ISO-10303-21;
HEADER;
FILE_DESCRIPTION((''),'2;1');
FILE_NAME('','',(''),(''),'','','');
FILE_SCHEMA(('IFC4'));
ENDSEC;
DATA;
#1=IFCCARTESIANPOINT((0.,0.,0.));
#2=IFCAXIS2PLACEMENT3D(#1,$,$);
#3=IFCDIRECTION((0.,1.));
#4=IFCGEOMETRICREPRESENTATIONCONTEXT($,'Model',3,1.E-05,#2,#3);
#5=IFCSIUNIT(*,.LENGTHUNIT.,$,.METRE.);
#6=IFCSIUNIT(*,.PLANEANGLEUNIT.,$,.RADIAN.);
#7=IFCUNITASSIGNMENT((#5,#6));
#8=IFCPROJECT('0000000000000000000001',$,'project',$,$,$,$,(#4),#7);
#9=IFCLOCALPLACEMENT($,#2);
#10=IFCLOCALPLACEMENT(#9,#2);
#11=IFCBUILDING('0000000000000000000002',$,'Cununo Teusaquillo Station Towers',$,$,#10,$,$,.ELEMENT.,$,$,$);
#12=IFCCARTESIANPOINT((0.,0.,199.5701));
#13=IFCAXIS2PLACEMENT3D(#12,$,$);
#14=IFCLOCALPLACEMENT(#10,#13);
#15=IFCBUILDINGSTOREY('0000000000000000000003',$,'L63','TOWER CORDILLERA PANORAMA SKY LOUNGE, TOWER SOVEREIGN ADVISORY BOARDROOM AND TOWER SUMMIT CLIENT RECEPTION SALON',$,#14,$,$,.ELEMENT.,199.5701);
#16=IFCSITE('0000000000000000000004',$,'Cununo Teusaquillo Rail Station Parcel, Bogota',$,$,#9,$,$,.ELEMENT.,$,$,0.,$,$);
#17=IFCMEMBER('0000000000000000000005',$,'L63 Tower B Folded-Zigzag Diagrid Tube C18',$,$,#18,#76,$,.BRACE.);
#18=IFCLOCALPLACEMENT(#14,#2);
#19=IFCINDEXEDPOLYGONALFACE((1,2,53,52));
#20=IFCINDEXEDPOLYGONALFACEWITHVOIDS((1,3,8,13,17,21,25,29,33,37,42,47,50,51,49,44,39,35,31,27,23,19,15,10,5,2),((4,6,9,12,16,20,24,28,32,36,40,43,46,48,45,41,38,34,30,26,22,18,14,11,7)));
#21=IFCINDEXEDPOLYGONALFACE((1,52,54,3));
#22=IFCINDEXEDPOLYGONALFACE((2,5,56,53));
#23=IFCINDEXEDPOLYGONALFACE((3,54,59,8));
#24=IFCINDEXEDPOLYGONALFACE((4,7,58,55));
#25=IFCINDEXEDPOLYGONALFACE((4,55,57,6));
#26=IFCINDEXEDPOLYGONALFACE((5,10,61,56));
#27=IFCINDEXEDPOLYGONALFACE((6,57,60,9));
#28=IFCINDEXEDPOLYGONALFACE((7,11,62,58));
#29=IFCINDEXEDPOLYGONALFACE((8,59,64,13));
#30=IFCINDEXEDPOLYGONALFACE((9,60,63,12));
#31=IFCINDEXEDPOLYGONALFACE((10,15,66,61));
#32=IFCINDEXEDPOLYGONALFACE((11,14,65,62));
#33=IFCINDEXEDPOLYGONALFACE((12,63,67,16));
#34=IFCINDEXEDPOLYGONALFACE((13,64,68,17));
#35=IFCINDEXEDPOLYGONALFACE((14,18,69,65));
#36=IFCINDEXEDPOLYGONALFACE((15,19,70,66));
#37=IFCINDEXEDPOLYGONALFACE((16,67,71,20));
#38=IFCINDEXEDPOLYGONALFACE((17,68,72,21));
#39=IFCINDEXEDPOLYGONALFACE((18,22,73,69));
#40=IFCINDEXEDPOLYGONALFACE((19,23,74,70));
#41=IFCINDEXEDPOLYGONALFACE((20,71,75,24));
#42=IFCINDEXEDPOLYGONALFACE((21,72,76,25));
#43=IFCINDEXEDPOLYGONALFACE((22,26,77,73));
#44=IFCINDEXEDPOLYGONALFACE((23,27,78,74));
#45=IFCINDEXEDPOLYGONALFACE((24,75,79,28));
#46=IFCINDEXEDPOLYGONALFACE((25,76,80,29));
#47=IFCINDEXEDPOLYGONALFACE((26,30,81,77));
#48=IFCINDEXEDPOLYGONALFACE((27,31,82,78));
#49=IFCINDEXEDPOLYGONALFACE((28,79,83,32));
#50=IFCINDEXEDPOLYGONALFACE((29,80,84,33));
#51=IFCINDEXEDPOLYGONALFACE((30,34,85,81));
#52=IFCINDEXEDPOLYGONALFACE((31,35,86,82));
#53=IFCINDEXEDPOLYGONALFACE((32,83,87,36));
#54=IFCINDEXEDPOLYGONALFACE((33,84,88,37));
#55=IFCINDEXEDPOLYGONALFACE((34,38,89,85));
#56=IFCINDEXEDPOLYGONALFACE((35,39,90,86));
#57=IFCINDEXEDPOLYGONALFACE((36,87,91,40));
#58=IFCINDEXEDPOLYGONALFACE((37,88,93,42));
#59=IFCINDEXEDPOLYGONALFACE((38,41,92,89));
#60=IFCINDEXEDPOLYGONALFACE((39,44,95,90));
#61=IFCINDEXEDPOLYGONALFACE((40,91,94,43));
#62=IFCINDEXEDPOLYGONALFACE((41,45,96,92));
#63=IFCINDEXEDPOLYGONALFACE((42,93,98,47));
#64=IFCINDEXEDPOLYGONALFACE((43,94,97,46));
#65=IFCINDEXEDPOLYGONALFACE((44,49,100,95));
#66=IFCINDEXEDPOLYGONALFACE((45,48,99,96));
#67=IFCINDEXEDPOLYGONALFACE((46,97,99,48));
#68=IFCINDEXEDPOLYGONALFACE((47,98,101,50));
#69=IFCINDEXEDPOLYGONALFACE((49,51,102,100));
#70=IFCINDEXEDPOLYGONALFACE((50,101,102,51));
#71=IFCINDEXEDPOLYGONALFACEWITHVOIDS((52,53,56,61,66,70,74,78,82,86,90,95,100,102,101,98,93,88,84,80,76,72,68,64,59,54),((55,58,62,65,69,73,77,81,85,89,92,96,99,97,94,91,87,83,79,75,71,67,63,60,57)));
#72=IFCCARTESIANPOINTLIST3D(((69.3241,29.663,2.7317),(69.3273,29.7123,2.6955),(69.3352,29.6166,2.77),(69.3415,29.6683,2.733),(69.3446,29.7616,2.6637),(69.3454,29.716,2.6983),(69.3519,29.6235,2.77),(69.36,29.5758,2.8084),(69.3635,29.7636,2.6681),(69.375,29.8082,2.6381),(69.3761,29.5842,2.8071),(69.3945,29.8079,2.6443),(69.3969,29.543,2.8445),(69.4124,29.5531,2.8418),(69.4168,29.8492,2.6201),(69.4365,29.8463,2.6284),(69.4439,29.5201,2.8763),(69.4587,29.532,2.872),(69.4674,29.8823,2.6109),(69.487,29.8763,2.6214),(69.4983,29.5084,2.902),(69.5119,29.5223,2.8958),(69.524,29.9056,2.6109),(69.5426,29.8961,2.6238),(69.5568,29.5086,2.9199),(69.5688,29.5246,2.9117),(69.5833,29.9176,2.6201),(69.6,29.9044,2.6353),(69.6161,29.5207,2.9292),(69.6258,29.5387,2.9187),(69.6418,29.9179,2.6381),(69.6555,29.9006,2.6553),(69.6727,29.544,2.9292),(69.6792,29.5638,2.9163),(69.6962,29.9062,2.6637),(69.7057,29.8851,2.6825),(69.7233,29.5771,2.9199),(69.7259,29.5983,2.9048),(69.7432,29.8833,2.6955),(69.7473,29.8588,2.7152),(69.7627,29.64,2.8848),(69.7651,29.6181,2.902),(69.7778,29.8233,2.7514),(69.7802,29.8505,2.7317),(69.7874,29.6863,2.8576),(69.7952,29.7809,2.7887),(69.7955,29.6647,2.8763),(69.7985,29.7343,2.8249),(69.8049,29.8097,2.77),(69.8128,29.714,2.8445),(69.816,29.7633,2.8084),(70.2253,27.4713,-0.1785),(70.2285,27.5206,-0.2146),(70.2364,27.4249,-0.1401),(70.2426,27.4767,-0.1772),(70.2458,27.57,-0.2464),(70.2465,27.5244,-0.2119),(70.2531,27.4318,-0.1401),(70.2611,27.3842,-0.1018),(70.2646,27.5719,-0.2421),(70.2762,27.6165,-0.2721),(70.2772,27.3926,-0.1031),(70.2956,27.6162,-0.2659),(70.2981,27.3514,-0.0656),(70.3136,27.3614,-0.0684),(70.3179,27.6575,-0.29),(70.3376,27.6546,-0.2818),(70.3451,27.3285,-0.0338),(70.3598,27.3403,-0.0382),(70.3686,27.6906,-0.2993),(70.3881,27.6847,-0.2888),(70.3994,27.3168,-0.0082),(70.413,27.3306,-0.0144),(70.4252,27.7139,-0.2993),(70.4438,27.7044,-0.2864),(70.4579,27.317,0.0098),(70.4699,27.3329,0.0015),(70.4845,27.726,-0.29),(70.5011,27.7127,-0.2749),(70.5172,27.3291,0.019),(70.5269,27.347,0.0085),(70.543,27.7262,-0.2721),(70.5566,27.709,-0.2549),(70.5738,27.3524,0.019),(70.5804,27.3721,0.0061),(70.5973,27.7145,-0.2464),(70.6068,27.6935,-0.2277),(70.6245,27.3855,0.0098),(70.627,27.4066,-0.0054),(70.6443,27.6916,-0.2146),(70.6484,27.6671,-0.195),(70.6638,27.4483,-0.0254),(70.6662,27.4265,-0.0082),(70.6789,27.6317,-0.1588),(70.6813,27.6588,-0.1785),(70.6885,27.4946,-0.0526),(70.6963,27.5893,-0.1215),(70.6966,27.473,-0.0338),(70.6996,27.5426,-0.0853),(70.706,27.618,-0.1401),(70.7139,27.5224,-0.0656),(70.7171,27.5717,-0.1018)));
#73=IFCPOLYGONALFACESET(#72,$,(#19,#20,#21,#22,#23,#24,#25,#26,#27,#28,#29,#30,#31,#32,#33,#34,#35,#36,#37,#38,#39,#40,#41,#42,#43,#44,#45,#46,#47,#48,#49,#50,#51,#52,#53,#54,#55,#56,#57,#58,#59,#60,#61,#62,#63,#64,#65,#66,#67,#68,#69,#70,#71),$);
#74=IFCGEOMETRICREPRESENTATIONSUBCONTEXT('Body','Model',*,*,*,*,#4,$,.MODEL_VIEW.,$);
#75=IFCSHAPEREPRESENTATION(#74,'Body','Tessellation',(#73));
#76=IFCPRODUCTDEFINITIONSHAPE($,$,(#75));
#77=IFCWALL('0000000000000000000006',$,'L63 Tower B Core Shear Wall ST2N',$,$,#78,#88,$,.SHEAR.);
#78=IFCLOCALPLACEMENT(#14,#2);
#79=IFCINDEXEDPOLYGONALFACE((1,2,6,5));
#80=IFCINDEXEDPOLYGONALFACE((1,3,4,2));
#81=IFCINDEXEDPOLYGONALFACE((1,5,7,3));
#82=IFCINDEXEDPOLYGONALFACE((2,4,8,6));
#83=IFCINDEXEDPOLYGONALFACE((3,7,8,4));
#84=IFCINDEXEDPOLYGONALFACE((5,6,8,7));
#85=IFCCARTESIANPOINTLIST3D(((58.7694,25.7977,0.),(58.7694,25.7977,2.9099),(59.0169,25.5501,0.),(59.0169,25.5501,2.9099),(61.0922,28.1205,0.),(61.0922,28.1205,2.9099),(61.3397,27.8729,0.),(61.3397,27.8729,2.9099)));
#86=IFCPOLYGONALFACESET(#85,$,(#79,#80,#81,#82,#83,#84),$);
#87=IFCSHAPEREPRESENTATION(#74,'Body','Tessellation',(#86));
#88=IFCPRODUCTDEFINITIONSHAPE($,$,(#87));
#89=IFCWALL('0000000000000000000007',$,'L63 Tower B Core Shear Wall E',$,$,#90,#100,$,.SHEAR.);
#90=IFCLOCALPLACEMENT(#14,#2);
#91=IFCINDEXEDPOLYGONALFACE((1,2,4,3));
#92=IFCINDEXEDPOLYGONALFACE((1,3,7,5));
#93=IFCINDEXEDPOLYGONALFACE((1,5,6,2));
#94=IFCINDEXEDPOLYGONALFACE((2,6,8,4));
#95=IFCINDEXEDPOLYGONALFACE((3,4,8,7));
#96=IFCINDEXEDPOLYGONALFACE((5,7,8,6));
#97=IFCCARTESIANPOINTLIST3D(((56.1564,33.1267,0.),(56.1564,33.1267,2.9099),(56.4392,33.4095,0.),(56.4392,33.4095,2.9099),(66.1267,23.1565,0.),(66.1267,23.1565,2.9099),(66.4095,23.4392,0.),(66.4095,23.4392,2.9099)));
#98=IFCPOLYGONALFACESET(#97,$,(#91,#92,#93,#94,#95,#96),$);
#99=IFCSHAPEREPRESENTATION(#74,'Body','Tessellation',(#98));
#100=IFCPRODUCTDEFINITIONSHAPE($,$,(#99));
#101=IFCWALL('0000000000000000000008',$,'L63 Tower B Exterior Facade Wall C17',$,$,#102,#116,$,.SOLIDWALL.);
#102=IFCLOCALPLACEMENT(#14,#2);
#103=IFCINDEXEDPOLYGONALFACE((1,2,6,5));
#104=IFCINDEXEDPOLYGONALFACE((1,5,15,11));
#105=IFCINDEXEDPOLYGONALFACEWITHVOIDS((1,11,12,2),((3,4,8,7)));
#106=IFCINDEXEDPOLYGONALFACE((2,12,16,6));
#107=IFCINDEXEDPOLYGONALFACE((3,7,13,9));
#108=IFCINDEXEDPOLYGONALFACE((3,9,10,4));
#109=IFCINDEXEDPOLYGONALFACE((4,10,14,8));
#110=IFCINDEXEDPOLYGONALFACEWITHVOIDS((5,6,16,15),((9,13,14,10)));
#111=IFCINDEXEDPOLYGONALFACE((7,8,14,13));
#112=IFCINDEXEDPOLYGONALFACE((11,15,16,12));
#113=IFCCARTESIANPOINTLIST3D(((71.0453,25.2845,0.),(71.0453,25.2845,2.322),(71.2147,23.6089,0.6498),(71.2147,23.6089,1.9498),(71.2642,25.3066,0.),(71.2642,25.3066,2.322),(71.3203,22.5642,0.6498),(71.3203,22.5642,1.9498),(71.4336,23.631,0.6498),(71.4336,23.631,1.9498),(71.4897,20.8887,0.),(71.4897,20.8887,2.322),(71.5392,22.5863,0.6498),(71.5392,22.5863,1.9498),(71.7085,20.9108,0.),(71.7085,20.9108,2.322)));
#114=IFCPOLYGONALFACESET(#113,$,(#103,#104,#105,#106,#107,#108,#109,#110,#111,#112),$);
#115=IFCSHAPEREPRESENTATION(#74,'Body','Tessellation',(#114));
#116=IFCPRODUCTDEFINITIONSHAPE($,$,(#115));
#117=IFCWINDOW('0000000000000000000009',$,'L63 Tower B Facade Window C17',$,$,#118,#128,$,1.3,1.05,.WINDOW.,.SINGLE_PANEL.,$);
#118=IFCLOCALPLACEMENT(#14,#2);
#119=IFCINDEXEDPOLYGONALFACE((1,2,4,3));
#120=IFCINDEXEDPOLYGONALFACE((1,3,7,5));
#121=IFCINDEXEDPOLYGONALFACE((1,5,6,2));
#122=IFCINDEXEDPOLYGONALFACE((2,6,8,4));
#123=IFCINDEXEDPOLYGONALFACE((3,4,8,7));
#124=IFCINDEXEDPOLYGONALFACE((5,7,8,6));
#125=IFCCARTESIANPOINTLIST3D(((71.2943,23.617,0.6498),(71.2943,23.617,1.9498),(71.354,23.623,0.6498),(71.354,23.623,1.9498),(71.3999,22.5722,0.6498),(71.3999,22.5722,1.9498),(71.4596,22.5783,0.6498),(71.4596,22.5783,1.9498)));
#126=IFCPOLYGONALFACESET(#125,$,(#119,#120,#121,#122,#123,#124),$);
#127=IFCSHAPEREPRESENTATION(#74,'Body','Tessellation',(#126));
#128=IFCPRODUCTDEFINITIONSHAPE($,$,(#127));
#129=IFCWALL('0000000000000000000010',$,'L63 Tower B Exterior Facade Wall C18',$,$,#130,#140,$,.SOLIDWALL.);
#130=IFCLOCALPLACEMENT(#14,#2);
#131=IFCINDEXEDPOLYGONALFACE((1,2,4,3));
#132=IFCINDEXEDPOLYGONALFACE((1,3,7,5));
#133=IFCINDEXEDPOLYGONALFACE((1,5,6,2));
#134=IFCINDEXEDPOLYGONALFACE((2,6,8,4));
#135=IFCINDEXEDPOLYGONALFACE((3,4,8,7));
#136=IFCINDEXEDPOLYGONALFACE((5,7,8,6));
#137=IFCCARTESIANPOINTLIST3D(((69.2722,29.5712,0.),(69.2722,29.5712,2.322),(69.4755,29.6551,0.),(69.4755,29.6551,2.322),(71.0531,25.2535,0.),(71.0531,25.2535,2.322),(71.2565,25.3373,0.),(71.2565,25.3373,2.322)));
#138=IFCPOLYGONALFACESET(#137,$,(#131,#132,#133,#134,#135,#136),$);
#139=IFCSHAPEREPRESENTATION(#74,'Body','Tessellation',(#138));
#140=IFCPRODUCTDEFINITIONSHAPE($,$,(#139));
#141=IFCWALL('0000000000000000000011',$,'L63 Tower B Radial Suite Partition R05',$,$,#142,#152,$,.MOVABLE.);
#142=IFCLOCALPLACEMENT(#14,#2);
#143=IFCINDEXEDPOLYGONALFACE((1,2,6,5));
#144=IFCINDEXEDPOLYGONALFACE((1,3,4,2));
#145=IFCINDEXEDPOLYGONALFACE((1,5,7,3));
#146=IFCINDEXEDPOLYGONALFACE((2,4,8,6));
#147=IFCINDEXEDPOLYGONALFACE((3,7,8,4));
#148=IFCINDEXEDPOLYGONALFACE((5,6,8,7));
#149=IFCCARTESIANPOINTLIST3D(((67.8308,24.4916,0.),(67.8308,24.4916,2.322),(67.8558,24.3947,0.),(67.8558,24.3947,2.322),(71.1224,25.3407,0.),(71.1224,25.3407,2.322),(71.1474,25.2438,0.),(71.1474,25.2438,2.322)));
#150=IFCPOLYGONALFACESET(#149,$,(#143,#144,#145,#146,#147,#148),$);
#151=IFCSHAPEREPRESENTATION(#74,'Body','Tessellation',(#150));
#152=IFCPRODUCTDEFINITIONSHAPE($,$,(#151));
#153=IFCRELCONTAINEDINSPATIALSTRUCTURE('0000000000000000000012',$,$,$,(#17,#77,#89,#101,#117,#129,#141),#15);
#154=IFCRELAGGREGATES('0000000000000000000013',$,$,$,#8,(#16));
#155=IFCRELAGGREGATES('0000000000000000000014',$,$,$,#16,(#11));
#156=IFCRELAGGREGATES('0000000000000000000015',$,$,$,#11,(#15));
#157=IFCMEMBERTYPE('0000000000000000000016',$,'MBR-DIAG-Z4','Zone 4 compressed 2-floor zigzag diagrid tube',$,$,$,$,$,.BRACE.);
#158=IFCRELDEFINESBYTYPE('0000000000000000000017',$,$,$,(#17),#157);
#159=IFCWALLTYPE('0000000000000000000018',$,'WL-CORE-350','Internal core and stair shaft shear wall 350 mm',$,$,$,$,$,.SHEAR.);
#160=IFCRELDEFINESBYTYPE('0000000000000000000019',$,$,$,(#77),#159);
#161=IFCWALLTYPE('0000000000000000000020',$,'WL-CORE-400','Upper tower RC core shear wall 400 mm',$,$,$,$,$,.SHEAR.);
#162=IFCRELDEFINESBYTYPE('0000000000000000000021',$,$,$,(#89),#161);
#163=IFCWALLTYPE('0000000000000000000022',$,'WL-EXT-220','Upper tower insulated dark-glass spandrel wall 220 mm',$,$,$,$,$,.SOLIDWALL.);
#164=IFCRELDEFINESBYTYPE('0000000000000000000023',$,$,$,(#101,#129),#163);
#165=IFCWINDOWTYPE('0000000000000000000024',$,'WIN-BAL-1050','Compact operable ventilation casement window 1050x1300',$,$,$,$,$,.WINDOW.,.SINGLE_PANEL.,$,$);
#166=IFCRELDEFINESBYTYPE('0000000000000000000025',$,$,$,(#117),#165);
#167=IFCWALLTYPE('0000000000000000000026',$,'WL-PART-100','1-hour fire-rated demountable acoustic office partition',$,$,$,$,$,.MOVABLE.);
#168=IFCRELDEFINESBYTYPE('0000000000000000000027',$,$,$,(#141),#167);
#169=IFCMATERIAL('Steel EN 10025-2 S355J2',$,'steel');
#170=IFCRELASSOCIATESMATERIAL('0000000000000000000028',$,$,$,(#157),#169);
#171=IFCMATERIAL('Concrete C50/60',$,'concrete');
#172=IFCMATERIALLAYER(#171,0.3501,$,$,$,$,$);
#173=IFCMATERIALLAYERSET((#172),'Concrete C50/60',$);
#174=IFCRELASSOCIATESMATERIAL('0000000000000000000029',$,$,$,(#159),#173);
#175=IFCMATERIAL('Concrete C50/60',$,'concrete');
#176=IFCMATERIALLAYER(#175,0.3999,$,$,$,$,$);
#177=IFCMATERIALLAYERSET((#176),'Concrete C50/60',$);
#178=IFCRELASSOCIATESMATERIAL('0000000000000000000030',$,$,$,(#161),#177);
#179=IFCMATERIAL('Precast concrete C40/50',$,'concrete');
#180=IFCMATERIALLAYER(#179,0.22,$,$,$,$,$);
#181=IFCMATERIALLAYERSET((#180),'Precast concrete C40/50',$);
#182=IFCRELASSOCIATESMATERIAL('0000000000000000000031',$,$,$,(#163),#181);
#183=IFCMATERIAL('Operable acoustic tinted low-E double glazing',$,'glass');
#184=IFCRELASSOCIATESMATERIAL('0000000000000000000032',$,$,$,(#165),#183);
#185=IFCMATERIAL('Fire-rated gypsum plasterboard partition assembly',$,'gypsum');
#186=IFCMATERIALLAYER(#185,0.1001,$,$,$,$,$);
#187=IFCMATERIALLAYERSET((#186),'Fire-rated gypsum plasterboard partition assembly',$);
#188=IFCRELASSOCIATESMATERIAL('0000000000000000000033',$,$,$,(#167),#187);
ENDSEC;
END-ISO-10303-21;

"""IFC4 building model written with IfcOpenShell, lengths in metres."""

from ifc_helpers import new_model, si_unit, direction, frame, frame_2d, origin, origin_2d, place, context, subcontext, project, spatial, rectangle, hollow_circle, extrude, source, transform, mapped, material, layer, layer_set, material_profile, profile_set, type_object, element, fill, save


model = new_model("IFC4")

# Units and contexts
model_context = context("Model", 3, precision=1e-05, world=origin(), true_north=direction((0.0, 1.0)))
body_context = subcontext(model_context, "Body", "Model", "MODEL_VIEW")
ifc_project = project(units=[si_unit("LENGTHUNIT", "METRE"), si_unit("PLANEANGLEUNIT", "RADIAN")], contexts=[model_context])

# Site, building, storey
site_placement = place(None, origin())
site = spatial("IfcSite", under=ifc_project, at=site_placement, Name="Cununo Teusaquillo Rail Station Parcel, Bogota", CompositionType="ELEMENT", RefElevation=0.0)
building_placement = place(site_placement, origin())
building = spatial("IfcBuilding", under=site, at=building_placement, Name="Cununo Teusaquillo Station Towers", CompositionType="ELEMENT")
storey_placement = place(building_placement, frame((0.0, 0.0, 199.5701)))
storey = spatial("IfcBuildingStorey", under=building, at=storey_placement, Name="L63", Description="TOWER CORDILLERA PANORAMA SKY LOUNGE, TOWER SOVEREIGN ADVISORY BOARDROOM AND TOWER SUMMIT CLIENT RECEPTION SALON", CompositionType="ELEMENT", Elevation=199.5701)

# Member
ifc_material_1 = material(Name="Steel EN 10025-2 S355J2", Category="steel")
ifc_material_profile_1 = material_profile(ifc_material_1, hollow_circle(Radius=0.2539, WallThickness=0.0181, at=origin_2d()), Name="CHS 508x18")
ifc_profile_set_1 = profile_set([ifc_material_profile_1], Name="Steel EN 10025-2 S355J2")
member_type = type_object("IfcMemberType", Name="MBR-DIAG-Z4", Description="Zone 4 compressed 2-floor zigzag diagrid tube", PredefinedType="BRACE", material=ifc_profile_set_1)
member_placement = place(storey_placement, frame((70.4712, 27.5215, -0.1401), z_axis=(-0.240113, 0.583986, 0.775439), x_axis=(-0.924874, -0.380273, 0.0)))
element("IfcMember", 1, at=member_placement, inside=storey, type_object=member_type, Name="L63 Tower B Folded-Zigzag Diagrid Tube C18", PredefinedType="BRACE", context=body_context, shape_type="SweptSolid", body=[
    extrude(hollow_circle(Radius=0.2539, WallThickness=0.0181, at=origin_2d()), origin(), (0.0, 0.0, 1.0), 3.7529),
])

# Walls
ifc_material_2 = material(Name="Concrete C50/60", Category="concrete")
ifc_layer_1 = layer(ifc_material_2, 0.3501)
ifc_layer_set_1 = layer_set([ifc_layer_1], Name="Concrete C50/60")
wall_type_1 = type_object("IfcWallType", Name="WL-CORE-350", Description="Internal core and stair shaft shear wall 350 mm", PredefinedType="SHEAR", material=ifc_layer_set_1)
wall_1_placement = place(storey_placement, frame((58.8931, 25.6738, 0.0), z_axis=(0.0, 0.0, 1.0), x_axis=(0.707107, 0.707107, 0.0)))
element("IfcWall", 2, at=wall_1_placement, inside=storey, type_object=wall_type_1, Name="L63 Tower B Core Shear Wall ST2N", PredefinedType="SHEAR", context=body_context, shape_type="SweptSolid", body=[
    extrude(rectangle(XDim=3.2849, YDim=0.3501, at=frame_2d((1.6426, 0.0))), origin(), (0.0, 0.0, 1.0), 2.9099),
])
ifc_material_3 = material(Name="Concrete C50/60", Category="concrete")
ifc_layer_2 = layer(ifc_material_3, 0.3999)
ifc_layer_set_2 = layer_set([ifc_layer_2], Name="Concrete C50/60")
wall_type_2 = type_object("IfcWallType", Name="WL-CORE-400", Description="Upper tower RC core shear wall 400 mm", PredefinedType="SHEAR", material=ifc_layer_set_2)
wall_2_placement = place(storey_placement, frame((66.2681, 23.2979, 0.0), z_axis=(0.0, 0.0, 1.0), x_axis=(-0.707107, 0.707107, 0.0)))
element("IfcWall", 3, at=wall_2_placement, inside=storey, type_object=wall_type_2, Name="L63 Tower B Core Shear Wall E", PredefinedType="SHEAR", context=body_context, shape_type="SweptSolid", body=[
    extrude(rectangle(XDim=14.1001, YDim=0.3999, at=frame_2d((7.05, 0.0))), origin(), (0.0, 0.0, 1.0), 2.9099),
])

# Wall, opening, window
ifc_material_4 = material(Name="Precast concrete C40/50", Category="concrete")
ifc_layer_3 = layer(ifc_material_4, 0.22)
ifc_layer_set_3 = layer_set([ifc_layer_3], Name="Precast concrete C40/50")
wall_type_3 = type_object("IfcWallType", Name="WL-EXT-220", Description="Upper tower insulated dark-glass spandrel wall 220 mm", PredefinedType="SOLIDWALL", material=ifc_layer_set_3)
wall_3_placement = place(storey_placement, frame((71.1548, 25.2954, 0.0), z_axis=(0.0, 0.0, 1.0), x_axis=(0.100571, -0.99493, 0.0)))
wall_3 = element("IfcWall", 4, at=wall_3_placement, inside=storey, type_object=wall_type_3, Name="L63 Tower B Exterior Facade Wall C17", PredefinedType="SOLIDWALL", context=body_context, shape_type="SweptSolid", body=[
    extrude(rectangle(XDim=4.4182, YDim=0.22, at=frame_2d((2.209, 0.0))), origin(), (0.0, 0.0, 1.0), 2.322),
])
shared_shape_1 = source(origin(), body_context, "Body", "SweptSolid", [
    extrude(rectangle(XDim=1.05, YDim=1.3, at=frame_2d((0.5249, 0.6499))), frame((0.0, 0.1199, 0.0), z_axis=(0.0, -1.0, 0.0), x_axis=(1.0, 0.0, 0.0)), (0.0, 0.0, 1.0), 0.24),
])
opening_1_placement = place(wall_3_placement, frame((1.6841, 0.0, 0.6499)))
opening_1 = element("IfcOpeningElement", 5, at=opening_1_placement, cuts=wall_3, PredefinedType="OPENING", context=body_context, shape_type="MappedRepresentation", body=[
    mapped(shared_shape_1, transform((0.0, 0.0, 0.0), x_axis=(1.0, 0.0, 0.0), y_axis=(0.0, 1.0, 0.0), z_axis=(0.0, 0.0, 1.0), scale=1.0)),
])
ifc_material_5 = material(Name="Operable acoustic tinted low-E double glazing", Category="glass")
window_type = type_object("IfcWindowType", Name="WIN-BAL-1050", Description="Compact operable ventilation casement window 1050x1300", PartitioningType="SINGLE_PANEL", PredefinedType="WINDOW", material=ifc_material_5)
shared_shape_2 = source(origin(), body_context, "Body", "SweptSolid", [
    extrude(rectangle(XDim=1.05, YDim=1.3, at=frame_2d((0.5249, 0.6499))), frame((0.0, 0.03, 0.0), z_axis=(0.0, -1.0, 0.0), x_axis=(1.0, 0.0, 0.0)), (0.0, 0.0, 1.0), 0.0601),
])
window_placement = place(opening_1_placement, origin())
window = element("IfcWindow", 6, at=window_placement, inside=storey, type_object=window_type, Name="L63 Tower B Facade Window C17", OverallHeight=1.3, OverallWidth=1.05, PartitioningType="SINGLE_PANEL", PredefinedType="WINDOW", context=body_context, shape_type="MappedRepresentation", body=[
    mapped(shared_shape_2, transform((0.0, 0.0, 0.0), x_axis=(1.0, 0.0, 0.0), y_axis=(0.0, 1.0, 0.0), z_axis=(0.0, 0.0, 1.0), scale=1.0)),
])
fill(opening_1, window)

# Walls
wall_4_placement = place(storey_placement, frame((69.3738, 29.6133, 0.0), z_axis=(0.0, 0.0, 1.0), x_axis=(0.38131, -0.924447, 0.0)))
element("IfcWall", 7, at=wall_4_placement, inside=storey, type_object=wall_type_3, Name="L63 Tower B Exterior Facade Wall C18", PredefinedType="SOLIDWALL", context=body_context, shape_type="SweptSolid", body=[
    extrude(rectangle(XDim=4.6707, YDim=0.22, at=frame_2d((2.3354, 0.0))), origin(), (0.0, 0.0, 1.0), 2.322),
])
ifc_material_6 = material(Name="Fire-rated gypsum plasterboard partition assembly", Category="gypsum")
ifc_layer_4 = layer(ifc_material_6, 0.1001)
ifc_layer_set_4 = layer_set([ifc_layer_4], Name="Fire-rated gypsum plasterboard partition assembly")
wall_type_4 = type_object("IfcWallType", Name="WL-PART-100", Description="1-hour fire-rated demountable acoustic office partition", PredefinedType="MOVABLE", material=ifc_layer_set_4)
wall_5_placement = place(storey_placement, frame((67.8433, 24.4431, 0.0), z_axis=(0.0, 0.0, 1.0), x_axis=(0.968303, 0.249778, 0.0)))
element("IfcWall", 8, at=wall_5_placement, inside=storey, type_object=wall_type_4, Name="L63 Tower B Radial Suite Partition R05", PredefinedType="MOVABLE", context=body_context, shape_type="SweptSolid", body=[
    extrude(rectangle(XDim=3.3994, YDim=0.1001, at=frame_2d((1.6997, 0.0))), origin(), (0.0, 0.0, 1.0), 2.322),
])

save(model, "model.ifc")
